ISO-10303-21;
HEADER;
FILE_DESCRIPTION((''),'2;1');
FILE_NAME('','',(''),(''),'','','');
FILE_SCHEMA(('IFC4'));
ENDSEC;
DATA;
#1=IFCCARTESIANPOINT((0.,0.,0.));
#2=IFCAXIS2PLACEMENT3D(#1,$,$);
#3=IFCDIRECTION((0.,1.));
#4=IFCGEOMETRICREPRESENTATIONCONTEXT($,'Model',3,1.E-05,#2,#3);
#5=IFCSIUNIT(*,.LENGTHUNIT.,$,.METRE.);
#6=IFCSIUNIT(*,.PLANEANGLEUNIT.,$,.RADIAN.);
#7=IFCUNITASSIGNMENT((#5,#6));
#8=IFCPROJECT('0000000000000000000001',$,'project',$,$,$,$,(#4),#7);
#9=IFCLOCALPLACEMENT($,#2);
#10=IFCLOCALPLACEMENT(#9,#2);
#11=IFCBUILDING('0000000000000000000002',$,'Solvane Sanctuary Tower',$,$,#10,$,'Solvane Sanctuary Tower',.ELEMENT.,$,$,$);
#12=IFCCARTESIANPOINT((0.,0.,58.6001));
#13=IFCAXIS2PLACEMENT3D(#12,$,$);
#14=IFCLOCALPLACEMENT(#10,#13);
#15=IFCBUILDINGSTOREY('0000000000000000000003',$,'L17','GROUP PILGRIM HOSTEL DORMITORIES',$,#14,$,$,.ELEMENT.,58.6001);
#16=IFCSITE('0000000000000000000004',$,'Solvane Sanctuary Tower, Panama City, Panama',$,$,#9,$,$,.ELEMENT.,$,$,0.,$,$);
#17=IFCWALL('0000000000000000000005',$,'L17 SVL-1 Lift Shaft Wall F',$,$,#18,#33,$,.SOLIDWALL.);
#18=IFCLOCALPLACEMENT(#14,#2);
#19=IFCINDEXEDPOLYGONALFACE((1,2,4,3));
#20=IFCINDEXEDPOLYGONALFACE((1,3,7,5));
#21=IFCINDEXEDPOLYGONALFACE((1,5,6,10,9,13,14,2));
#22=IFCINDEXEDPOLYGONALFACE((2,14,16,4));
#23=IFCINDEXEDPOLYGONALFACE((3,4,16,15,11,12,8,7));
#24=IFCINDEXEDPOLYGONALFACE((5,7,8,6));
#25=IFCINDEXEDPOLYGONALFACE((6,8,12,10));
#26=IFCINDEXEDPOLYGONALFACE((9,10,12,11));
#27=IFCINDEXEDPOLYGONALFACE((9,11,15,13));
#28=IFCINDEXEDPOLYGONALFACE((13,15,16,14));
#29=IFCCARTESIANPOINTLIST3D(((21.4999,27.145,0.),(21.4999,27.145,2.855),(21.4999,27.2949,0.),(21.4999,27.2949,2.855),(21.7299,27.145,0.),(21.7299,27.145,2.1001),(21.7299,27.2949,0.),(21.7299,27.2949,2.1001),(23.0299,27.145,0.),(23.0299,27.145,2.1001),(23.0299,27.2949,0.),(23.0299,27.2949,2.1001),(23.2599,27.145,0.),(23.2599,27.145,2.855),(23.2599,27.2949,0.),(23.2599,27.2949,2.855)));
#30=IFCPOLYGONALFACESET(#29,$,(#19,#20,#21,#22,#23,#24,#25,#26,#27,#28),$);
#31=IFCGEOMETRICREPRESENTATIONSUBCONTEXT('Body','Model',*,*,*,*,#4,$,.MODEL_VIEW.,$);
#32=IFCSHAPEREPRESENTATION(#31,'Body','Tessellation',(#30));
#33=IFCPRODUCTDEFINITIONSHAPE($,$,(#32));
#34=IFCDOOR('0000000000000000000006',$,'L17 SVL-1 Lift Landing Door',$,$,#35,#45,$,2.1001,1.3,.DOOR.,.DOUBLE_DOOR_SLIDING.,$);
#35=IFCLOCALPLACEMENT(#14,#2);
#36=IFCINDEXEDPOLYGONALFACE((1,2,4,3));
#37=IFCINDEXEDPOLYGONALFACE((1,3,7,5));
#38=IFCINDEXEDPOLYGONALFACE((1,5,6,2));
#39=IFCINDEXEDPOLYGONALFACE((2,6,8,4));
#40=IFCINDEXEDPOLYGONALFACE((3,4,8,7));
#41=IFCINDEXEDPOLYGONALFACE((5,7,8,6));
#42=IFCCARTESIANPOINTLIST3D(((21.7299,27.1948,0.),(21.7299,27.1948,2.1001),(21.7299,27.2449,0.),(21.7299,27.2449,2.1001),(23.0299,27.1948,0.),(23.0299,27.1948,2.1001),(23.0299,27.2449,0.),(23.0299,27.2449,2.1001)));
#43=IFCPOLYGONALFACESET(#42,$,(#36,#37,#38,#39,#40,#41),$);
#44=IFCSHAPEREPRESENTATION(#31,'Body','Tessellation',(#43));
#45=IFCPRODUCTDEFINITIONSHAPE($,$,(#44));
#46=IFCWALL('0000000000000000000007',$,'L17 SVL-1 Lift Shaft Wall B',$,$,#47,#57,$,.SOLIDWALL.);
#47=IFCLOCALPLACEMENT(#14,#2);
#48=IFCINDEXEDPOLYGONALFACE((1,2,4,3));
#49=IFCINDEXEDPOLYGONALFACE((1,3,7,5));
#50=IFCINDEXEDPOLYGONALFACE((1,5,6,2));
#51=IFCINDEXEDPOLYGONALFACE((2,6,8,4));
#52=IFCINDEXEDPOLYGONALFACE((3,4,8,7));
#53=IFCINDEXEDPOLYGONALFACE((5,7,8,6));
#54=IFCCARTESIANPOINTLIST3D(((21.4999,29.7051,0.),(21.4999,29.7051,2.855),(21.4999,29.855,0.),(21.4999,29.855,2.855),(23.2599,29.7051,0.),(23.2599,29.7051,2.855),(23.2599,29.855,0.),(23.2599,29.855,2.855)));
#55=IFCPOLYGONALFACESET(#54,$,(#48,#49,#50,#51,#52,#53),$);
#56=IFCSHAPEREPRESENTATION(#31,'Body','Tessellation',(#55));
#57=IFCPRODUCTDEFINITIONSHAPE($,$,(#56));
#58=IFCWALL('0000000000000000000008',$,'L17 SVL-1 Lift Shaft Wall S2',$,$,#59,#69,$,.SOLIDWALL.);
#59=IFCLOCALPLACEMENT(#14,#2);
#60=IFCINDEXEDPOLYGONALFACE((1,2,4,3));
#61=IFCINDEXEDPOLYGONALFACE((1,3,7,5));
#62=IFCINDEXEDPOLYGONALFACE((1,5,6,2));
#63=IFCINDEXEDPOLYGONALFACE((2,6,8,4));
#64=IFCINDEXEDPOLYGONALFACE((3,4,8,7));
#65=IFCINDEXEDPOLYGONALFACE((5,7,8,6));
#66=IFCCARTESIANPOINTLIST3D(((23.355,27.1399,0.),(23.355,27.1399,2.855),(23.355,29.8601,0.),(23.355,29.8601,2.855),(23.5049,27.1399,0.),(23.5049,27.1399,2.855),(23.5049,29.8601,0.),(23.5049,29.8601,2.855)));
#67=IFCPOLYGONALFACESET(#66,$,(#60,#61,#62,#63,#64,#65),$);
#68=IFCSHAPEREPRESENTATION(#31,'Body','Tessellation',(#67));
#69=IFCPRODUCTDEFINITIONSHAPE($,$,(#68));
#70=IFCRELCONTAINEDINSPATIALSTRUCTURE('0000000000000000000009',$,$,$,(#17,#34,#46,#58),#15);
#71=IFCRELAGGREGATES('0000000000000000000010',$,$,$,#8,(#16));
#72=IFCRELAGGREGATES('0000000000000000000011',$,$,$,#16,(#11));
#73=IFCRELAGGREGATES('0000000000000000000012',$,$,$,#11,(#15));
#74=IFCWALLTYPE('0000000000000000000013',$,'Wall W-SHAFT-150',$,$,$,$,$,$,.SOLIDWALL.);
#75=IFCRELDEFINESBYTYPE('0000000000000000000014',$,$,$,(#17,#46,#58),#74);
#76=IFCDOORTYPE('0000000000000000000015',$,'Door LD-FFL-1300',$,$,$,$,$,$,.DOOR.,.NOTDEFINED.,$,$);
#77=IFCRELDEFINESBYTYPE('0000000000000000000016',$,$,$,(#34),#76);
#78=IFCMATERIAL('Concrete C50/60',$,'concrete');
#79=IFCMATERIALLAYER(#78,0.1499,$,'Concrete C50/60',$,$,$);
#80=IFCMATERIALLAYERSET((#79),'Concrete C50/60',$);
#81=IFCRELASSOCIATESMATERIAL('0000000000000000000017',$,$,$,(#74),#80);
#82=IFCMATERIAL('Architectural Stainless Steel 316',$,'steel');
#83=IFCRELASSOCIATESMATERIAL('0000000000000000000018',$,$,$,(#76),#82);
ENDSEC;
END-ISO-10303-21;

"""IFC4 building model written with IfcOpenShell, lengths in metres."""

from ifc_helpers import new_model, si_unit, direction, frame, frame_2d, origin, place, context, subcontext, project, spatial, rectangle, extrude, material, layer, layer_set, type_object, element, fill, save


model = new_model("IFC4")

# Units and contexts
model_context = context("Model", 3, precision=1e-05, world=origin(), true_north=direction((0.0, 1.0)))
body_context = subcontext(model_context, "Body", "Model", "MODEL_VIEW")
ifc_project = project(units=[si_unit("LENGTHUNIT", "METRE"), si_unit("PLANEANGLEUNIT", "RADIAN")], contexts=[model_context])

# Site, building, storey
site_placement = place(None, origin())
site = spatial("IfcSite", under=ifc_project, at=site_placement, Name="Solvane Sanctuary Tower, Panama City, Panama", CompositionType="ELEMENT", RefElevation=0.0)
building_placement = place(site_placement, origin())
building = spatial("IfcBuilding", under=site, at=building_placement, Name="Solvane Sanctuary Tower", LongName="Solvane Sanctuary Tower", CompositionType="ELEMENT")
storey_placement = place(building_placement, frame((0.0, 0.0, 58.6001)))
storey = spatial("IfcBuildingStorey", under=building, at=storey_placement, Name="L17", Description="GROUP PILGRIM HOSTEL DORMITORIES", CompositionType="ELEMENT", Elevation=58.6001)

# Shared definitions
ifc_material_1 = material(Name="Architectural Stainless Steel 316", Category="steel")

# Shared definitions
ifc_material_2 = material(Name="Concrete C50/60", Category="concrete")
ifc_layer_1 = layer(ifc_material_2, 0.1499, Name="Concrete C50/60")
ifc_layer_set_1 = layer_set([ifc_layer_1], Name="Concrete C50/60")
wall_type_1 = type_object("IfcWallType", Name="Wall W-SHAFT-150", PredefinedType="SOLIDWALL", material=ifc_layer_set_1)

# Shared definitions
door_type_1 = type_object("IfcDoorType", Name="Door LD-FFL-1300", OperationType="NOTDEFINED", PredefinedType="DOOR", material=ifc_material_1)

# Wall, opening, door
wall_1_placement = place(storey_placement, frame((21.5, 27.22, 0.0), z_axis=(0.0, 0.0, 1.0), x_axis=(1.0, 0.0, 0.0)))
wall_1 = element("IfcWall", 1, at=wall_1_placement, inside=storey, type_object=wall_type_1, Name="L17 SVL-1 Lift Shaft Wall F", PredefinedType="SOLIDWALL", context=body_context, shape_type="SweptSolid", body=[
    extrude(rectangle(XDim=1.76, YDim=0.1499, at=frame_2d((0.8799, 0.0))), origin(), (0.0, 0.0, 1.0), 2.855),
])
opening_1_placement = place(wall_1_placement, frame((0.23, 0.0, 0.0)))
opening_1 = element("IfcOpeningElement", 2, at=opening_1_placement, cuts=wall_1, PredefinedType="OPENING", context=body_context, shape_type="SweptSolid", body=[
    extrude(rectangle(XDim=1.3, YDim=2.1001, at=frame_2d((0.6499, 1.05))), frame((0.0, 0.085, 0.0), z_axis=(0.0, -1.0, 0.0), x_axis=(1.0, 0.0, 0.0)), (0.0, 0.0, 1.0), 0.1699),
])
door_1_placement = place(opening_1_placement, origin())
door_1 = element("IfcDoor", 3, at=door_1_placement, inside=storey, type_object=door_type_1, Name="L17 SVL-1 Lift Landing Door", OperationType="DOUBLE_DOOR_SLIDING", OverallHeight=2.1001, OverallWidth=1.3, PredefinedType="DOOR", context=body_context, shape_type="SweptSolid", body=[
    extrude(rectangle(XDim=1.3, YDim=2.1001, at=frame_2d((0.6499, 1.05))), frame((0.0, 0.0249, 0.0), z_axis=(0.0, -1.0, 0.0), x_axis=(1.0, 0.0, 0.0)), (0.0, 0.0, 1.0), 0.05),
])
fill(opening_1, door_1)

# Walls
wall_2_placement = place(storey_placement, frame((21.5, 29.78, 0.0), z_axis=(0.0, 0.0, 1.0), x_axis=(1.0, 0.0, 0.0)))
element("IfcWall", 4, at=wall_2_placement, inside=storey, type_object=wall_type_1, Name="L17 SVL-1 Lift Shaft Wall B", PredefinedType="SOLIDWALL", context=body_context, shape_type="SweptSolid", body=[
    extrude(rectangle(XDim=1.76, YDim=0.1499, at=frame_2d((0.8799, 0.0))), origin(), (0.0, 0.0, 1.0), 2.855),
])
wall_3_placement = place(storey_placement, frame((23.4299, 27.1399, 0.0), z_axis=(0.0, 0.0, 1.0), x_axis=(0.0, 1.0, 0.0)))
element("IfcWall", 5, at=wall_3_placement, inside=storey, type_object=wall_type_1, Name="L17 SVL-1 Lift Shaft Wall S2", PredefinedType="SOLIDWALL", context=body_context, shape_type="SweptSolid", body=[
    extrude(rectangle(XDim=2.7202, YDim=0.1499, at=frame_2d((1.3601, 0.0))), origin(), (0.0, 0.0, 1.0), 2.855),
])

save(model, "model.ifc")
